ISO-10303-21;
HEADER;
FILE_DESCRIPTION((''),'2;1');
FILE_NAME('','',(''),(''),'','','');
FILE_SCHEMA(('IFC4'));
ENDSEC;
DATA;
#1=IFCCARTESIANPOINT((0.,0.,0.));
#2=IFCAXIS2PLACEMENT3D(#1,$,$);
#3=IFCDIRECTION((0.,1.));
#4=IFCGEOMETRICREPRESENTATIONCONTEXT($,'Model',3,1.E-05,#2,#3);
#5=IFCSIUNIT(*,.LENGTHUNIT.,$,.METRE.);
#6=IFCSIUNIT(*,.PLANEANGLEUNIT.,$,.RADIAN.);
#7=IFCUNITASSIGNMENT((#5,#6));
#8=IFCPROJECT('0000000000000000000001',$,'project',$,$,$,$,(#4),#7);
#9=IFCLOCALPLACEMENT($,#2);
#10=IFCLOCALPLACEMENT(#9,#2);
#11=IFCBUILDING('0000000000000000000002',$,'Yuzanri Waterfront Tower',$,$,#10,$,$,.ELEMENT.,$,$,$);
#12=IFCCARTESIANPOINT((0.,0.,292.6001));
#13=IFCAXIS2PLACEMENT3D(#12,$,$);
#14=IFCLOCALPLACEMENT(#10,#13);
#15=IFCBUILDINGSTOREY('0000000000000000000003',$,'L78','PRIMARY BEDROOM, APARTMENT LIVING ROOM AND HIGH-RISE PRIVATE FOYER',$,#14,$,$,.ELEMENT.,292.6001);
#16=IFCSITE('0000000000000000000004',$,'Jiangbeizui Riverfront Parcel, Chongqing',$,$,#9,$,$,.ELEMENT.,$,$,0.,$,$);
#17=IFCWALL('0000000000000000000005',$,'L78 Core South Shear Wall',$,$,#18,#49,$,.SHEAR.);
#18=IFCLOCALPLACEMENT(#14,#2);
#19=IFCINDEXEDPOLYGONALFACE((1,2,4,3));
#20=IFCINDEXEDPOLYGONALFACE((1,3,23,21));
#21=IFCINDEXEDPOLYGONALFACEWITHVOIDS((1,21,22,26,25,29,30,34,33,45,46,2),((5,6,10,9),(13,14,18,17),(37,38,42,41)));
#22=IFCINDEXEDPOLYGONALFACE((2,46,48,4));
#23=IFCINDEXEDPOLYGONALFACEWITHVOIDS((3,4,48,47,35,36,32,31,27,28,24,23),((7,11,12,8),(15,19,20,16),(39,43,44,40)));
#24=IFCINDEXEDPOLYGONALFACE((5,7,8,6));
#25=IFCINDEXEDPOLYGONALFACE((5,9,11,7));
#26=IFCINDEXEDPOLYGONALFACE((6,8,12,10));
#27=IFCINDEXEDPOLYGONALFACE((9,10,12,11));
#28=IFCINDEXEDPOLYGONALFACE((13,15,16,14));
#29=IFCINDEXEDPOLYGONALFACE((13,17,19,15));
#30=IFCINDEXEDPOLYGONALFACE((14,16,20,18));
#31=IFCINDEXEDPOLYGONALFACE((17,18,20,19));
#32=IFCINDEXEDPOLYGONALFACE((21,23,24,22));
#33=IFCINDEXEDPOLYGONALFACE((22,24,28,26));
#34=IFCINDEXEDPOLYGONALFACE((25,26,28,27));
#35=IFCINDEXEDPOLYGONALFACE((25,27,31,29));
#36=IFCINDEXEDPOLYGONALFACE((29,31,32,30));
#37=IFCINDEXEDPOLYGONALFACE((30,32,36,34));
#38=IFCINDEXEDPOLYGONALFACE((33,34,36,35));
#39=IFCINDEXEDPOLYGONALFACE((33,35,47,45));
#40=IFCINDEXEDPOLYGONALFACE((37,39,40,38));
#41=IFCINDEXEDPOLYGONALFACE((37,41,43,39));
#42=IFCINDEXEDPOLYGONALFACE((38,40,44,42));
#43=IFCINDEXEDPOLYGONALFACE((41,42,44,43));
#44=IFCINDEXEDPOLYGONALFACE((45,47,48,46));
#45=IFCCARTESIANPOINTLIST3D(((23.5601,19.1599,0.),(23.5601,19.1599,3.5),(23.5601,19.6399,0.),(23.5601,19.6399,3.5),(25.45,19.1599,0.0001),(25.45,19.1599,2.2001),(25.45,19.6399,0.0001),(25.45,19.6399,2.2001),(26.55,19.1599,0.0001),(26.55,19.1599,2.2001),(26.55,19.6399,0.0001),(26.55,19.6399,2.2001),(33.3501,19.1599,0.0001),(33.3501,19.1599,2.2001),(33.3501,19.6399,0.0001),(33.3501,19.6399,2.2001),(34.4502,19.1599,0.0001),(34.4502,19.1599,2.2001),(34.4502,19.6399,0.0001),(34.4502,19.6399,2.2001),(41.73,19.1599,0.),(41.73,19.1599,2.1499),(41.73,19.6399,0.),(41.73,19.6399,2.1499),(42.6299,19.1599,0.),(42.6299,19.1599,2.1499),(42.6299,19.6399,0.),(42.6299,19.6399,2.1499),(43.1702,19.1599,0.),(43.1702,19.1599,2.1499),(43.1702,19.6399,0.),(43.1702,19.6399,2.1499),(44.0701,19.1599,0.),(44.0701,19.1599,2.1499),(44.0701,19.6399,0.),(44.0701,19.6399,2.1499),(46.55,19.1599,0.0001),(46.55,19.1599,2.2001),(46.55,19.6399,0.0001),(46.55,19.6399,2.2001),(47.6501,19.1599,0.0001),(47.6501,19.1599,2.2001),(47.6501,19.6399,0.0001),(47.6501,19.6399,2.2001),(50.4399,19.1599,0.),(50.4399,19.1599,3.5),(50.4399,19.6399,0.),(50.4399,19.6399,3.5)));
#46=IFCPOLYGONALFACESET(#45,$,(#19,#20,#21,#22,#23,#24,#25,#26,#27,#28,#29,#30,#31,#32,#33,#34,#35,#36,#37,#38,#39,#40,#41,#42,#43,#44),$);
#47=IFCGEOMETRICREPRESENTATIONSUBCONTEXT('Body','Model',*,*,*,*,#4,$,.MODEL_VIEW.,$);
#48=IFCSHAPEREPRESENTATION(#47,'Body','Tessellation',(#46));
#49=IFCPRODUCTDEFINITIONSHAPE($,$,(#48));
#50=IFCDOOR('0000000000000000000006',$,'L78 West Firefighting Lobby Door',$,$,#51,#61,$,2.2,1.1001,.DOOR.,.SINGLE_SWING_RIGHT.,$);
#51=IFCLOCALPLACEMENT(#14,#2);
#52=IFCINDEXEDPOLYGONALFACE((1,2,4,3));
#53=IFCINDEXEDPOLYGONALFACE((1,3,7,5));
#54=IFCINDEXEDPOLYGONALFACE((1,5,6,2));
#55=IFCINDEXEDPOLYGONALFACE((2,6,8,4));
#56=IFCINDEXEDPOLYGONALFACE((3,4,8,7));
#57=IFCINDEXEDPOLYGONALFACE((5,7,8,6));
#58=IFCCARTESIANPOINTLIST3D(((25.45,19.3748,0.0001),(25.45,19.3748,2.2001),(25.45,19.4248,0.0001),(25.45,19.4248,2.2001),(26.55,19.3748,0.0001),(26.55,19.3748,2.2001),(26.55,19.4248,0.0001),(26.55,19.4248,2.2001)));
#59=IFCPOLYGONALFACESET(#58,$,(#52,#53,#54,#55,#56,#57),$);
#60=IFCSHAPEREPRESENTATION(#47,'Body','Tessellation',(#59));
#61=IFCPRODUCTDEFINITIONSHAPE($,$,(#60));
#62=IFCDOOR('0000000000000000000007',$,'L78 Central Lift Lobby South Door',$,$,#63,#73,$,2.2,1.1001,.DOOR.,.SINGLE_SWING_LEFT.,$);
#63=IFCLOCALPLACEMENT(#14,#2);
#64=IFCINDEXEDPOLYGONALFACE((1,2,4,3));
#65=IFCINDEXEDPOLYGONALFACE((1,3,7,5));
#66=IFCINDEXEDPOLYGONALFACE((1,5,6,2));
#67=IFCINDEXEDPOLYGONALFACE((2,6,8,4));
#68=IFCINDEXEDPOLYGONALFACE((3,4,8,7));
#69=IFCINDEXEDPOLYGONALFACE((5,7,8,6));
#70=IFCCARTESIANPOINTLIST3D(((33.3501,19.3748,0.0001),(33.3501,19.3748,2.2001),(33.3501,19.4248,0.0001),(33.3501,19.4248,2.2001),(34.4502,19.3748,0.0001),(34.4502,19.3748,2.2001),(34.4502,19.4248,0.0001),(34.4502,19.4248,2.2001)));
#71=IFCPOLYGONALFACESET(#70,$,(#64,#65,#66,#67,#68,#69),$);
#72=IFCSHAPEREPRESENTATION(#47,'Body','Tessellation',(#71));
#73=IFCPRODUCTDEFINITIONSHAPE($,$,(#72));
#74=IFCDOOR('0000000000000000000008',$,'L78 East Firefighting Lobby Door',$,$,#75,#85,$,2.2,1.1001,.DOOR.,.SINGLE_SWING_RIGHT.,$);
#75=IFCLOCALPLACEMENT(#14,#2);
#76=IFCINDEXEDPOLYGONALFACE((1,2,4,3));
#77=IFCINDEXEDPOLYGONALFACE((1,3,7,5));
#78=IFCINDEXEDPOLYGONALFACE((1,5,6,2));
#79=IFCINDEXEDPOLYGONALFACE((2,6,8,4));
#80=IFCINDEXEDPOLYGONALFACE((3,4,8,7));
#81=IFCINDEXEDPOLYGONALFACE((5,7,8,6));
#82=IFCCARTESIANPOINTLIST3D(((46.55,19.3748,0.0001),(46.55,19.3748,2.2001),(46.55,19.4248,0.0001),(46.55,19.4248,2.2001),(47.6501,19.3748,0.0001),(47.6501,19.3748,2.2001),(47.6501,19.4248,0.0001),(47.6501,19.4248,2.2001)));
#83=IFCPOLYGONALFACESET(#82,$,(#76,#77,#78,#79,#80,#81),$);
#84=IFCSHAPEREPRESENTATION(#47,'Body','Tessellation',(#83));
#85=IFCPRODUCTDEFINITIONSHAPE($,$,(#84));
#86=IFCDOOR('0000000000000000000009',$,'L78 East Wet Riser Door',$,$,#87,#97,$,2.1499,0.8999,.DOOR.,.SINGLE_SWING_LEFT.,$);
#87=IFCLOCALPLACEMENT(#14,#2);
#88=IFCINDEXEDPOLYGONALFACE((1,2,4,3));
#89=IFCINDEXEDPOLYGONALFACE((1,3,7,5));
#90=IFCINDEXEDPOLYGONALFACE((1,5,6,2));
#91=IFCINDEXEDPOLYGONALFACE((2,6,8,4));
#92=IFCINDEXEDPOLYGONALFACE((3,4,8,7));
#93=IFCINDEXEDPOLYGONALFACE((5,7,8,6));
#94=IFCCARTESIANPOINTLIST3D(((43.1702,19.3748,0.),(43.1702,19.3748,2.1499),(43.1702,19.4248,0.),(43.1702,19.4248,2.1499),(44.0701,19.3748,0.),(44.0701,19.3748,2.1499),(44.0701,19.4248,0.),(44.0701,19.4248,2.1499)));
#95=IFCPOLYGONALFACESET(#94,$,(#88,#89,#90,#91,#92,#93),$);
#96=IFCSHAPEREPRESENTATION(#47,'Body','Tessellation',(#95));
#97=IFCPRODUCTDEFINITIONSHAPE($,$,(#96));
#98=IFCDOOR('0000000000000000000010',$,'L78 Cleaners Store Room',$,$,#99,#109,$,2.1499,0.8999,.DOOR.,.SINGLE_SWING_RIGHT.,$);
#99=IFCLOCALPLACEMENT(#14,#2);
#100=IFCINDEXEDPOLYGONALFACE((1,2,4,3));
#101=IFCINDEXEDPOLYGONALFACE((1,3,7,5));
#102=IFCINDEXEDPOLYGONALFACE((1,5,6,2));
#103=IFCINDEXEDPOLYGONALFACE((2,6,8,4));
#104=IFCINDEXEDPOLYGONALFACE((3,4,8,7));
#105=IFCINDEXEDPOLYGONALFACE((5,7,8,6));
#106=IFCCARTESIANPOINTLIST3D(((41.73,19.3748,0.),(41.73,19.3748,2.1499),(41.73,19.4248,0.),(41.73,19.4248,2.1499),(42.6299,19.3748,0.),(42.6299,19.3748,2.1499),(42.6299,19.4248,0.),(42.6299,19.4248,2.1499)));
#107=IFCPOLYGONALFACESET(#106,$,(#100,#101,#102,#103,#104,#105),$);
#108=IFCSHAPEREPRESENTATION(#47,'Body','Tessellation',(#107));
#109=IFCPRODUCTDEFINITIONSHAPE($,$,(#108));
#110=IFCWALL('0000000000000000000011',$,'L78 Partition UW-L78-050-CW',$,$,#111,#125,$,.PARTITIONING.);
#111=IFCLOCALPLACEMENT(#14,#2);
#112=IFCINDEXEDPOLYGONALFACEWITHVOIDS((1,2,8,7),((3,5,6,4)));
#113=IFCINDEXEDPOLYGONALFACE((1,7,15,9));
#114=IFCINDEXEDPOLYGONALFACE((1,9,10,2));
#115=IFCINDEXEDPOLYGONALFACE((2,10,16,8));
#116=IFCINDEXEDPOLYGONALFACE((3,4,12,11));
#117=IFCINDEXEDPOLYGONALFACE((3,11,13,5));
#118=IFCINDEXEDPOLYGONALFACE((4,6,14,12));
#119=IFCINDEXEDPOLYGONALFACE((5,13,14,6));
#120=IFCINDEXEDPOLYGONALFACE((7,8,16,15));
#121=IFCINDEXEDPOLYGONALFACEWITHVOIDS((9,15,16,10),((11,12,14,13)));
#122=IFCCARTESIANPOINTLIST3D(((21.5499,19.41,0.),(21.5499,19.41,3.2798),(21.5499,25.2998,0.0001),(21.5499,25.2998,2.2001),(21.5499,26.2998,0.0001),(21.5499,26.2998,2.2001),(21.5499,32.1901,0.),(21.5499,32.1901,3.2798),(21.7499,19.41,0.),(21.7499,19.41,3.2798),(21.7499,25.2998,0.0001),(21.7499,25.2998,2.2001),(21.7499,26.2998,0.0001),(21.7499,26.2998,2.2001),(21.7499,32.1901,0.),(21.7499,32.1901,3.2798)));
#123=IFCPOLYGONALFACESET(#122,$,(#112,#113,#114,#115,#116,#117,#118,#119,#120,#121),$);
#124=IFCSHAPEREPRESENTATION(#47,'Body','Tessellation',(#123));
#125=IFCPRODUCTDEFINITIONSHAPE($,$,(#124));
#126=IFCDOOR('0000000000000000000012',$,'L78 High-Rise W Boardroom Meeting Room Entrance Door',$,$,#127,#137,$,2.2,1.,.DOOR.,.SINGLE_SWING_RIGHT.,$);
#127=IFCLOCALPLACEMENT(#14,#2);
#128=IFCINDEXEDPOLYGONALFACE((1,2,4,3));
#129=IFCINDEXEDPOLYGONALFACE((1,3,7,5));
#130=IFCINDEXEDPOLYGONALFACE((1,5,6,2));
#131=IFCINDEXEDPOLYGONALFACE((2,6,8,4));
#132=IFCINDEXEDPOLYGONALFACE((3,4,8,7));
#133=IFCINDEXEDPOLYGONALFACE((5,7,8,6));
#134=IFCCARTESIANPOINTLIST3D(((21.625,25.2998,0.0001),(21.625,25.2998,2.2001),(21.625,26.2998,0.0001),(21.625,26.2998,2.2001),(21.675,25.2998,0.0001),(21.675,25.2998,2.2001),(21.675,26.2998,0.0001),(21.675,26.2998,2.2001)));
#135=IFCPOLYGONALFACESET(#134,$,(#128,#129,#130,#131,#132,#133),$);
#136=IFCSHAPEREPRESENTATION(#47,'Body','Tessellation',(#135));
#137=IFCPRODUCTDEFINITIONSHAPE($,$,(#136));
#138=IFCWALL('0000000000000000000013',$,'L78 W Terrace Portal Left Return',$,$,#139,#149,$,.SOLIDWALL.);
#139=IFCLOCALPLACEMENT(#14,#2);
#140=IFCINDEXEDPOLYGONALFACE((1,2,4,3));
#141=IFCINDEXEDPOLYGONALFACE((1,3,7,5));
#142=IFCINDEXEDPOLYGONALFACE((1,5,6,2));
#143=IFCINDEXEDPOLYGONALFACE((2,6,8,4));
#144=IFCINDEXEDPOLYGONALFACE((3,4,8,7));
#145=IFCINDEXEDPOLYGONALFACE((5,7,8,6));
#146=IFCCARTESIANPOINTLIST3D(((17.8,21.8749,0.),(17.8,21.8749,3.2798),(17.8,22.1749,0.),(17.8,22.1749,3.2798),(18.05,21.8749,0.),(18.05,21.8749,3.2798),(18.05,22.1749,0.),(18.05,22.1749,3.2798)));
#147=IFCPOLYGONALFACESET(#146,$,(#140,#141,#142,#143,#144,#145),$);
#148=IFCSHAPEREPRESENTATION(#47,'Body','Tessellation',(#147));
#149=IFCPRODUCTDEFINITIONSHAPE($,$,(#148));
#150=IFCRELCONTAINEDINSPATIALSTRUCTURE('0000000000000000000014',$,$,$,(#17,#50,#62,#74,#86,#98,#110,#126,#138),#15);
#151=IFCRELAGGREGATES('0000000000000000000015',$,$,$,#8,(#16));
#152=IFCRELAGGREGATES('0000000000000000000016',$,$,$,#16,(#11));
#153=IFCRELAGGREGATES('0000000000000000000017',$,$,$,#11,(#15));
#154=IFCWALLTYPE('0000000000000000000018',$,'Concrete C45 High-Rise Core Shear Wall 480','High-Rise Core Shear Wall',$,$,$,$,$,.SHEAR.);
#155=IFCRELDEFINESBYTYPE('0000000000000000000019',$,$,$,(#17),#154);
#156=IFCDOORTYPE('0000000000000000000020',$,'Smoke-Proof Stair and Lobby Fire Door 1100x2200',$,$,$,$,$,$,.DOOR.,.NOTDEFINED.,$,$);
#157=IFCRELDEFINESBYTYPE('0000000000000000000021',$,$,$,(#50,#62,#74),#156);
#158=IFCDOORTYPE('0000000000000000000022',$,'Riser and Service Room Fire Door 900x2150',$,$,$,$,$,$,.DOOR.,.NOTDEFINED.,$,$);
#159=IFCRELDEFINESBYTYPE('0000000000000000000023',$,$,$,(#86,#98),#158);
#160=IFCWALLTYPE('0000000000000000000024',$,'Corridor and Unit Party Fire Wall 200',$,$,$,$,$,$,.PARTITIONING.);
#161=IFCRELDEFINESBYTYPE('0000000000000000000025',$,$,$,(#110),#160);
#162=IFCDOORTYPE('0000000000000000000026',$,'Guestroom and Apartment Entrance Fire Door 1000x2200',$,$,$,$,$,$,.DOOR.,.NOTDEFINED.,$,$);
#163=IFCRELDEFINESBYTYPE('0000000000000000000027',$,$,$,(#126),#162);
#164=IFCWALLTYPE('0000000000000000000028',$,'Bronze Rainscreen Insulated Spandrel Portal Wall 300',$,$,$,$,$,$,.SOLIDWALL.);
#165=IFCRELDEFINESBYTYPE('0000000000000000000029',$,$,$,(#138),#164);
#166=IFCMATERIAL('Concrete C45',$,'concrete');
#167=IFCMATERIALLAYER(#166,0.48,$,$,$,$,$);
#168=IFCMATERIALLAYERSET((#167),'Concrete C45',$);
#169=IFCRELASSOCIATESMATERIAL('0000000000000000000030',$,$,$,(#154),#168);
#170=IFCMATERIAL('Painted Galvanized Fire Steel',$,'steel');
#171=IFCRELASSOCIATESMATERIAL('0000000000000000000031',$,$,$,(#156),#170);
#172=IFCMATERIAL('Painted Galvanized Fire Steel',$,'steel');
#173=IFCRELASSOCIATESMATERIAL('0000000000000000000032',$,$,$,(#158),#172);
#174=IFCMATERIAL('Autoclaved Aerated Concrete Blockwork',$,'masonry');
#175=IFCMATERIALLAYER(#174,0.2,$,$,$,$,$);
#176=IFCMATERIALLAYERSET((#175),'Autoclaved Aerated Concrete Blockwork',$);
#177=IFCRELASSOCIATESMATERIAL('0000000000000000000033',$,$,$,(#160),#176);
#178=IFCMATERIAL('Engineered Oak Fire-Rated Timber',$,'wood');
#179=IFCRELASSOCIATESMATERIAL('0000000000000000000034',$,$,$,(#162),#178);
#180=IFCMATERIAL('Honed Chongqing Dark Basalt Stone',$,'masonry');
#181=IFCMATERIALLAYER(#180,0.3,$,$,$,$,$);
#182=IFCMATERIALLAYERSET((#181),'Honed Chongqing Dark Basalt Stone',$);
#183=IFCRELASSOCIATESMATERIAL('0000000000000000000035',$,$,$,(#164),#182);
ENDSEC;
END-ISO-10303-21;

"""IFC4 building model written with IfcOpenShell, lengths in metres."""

from ifc_helpers import new_model, si_unit, direction, frame, frame_2d, origin, place, context, subcontext, project, spatial, rectangle, extrude, source, transform, mapped, material, layer, layer_set, type_object, element, fill, save


model = new_model("IFC4")

# Units and contexts
model_context = context("Model", 3, precision=1e-05, world=origin(), true_north=direction((0.0, 1.0)))
body_context = subcontext(model_context, "Body", "Model", "MODEL_VIEW")
ifc_project = project(units=[si_unit("LENGTHUNIT", "METRE"), si_unit("PLANEANGLEUNIT", "RADIAN")], contexts=[model_context])

# Site, building, storey
site_placement = place(None, origin())
site = spatial("IfcSite", under=ifc_project, at=site_placement, Name="Jiangbeizui Riverfront Parcel, Chongqing", CompositionType="ELEMENT", RefElevation=0.0)
building_placement = place(site_placement, origin())
building = spatial("IfcBuilding", under=site, at=building_placement, Name="Yuzanri Waterfront Tower", CompositionType="ELEMENT")
storey_placement = place(building_placement, frame((0.0, 0.0, 292.6001)))
storey = spatial("IfcBuildingStorey", under=building, at=storey_placement, Name="L78", Description="PRIMARY BEDROOM, APARTMENT LIVING ROOM AND HIGH-RISE PRIVATE FOYER", CompositionType="ELEMENT", Elevation=292.6001)

# Wall, openings, doors
ifc_material_1 = material(Name="Concrete C45", Category="concrete")
ifc_layer_1 = layer(ifc_material_1, 0.48)
ifc_layer_set_1 = layer_set([ifc_layer_1], Name="Concrete C45")
wall_type_1 = type_object("IfcWallType", Name="Concrete C45 High-Rise Core Shear Wall 480", Description="High-Rise Core Shear Wall", PredefinedType="SHEAR", material=ifc_layer_set_1)
wall_1_placement = place(storey_placement, frame((23.5601, 19.3999, 0.0), z_axis=(0.0, 0.0, 1.0), x_axis=(1.0, 0.0, 0.0)))
wall_1 = element("IfcWall", 1, at=wall_1_placement, inside=storey, type_object=wall_type_1, Name="L78 Core South Shear Wall", PredefinedType="SHEAR", context=body_context, shape_type="SweptSolid", body=[
    extrude(rectangle(XDim=26.8799, YDim=0.48, at=frame_2d((13.4399, 0.0))), origin(), (0.0, 0.0, 1.0), 3.5),
])
opening_1_placement = place(wall_1_placement, frame((1.8899, 0.0, 0.0)))
opening_1 = element("IfcOpeningElement", 2, at=opening_1_placement, cuts=wall_1, PredefinedType="OPENING", context=body_context, shape_type="SweptSolid", body=[
    extrude(rectangle(XDim=1.1001, YDim=2.2, at=frame_2d((0.55, 1.1001))), frame((0.0, 0.2549, 0.0), z_axis=(0.0, -1.0, 0.0), x_axis=(1.0, 0.0, 0.0)), (0.0, 0.0, 1.0), 0.5098),
])
opening_2_placement = place(wall_1_placement, frame((9.79, 0.0, 0.0)))
opening_2 = element("IfcOpeningElement", 3, at=opening_2_placement, cuts=wall_1, PredefinedType="OPENING", context=body_context, shape_type="SweptSolid", body=[
    extrude(rectangle(XDim=1.1001, YDim=2.2, at=frame_2d((0.55, 1.1001))), frame((0.0, 0.2549, 0.0), z_axis=(0.0, -1.0, 0.0), x_axis=(1.0, 0.0, 0.0)), (0.0, 0.0, 1.0), 0.5098),
])
opening_3_placement = place(wall_1_placement, frame((22.99, 0.0, 0.0)))
opening_3 = element("IfcOpeningElement", 4, at=opening_3_placement, cuts=wall_1, PredefinedType="OPENING", context=body_context, shape_type="SweptSolid", body=[
    extrude(rectangle(XDim=1.1001, YDim=2.2, at=frame_2d((0.55, 1.1001))), frame((0.0, 0.2549, 0.0), z_axis=(0.0, -1.0, 0.0), x_axis=(1.0, 0.0, 0.0)), (0.0, 0.0, 1.0), 0.5098),
])
opening_4_placement = place(wall_1_placement, frame((19.6101, 0.0, 0.0)))
opening_4 = element("IfcOpeningElement", 5, at=opening_4_placement, cuts=wall_1, PredefinedType="OPENING", context=body_context, shape_type="SweptSolid", body=[
    extrude(rectangle(XDim=0.8999, YDim=2.1499, at=frame_2d((0.45, 1.075))), frame((0.0, 0.2549, 0.0), z_axis=(0.0, -1.0, 0.0), x_axis=(1.0, 0.0, 0.0)), (0.0, 0.0, 1.0), 0.5098),
])
opening_5_placement = place(wall_1_placement, frame((18.1699, 0.0, 0.0)))
opening_5 = element("IfcOpeningElement", 6, at=opening_5_placement, cuts=wall_1, PredefinedType="OPENING", context=body_context, shape_type="SweptSolid", body=[
    extrude(rectangle(XDim=0.8999, YDim=2.1499, at=frame_2d((0.45, 1.075))), frame((0.0, 0.2549, 0.0), z_axis=(0.0, -1.0, 0.0), x_axis=(1.0, 0.0, 0.0)), (0.0, 0.0, 1.0), 0.5098),
])
ifc_material_2 = material(Name="Painted Galvanized Fire Steel", Category="steel")
door_type_1 = type_object("IfcDoorType", Name="Smoke-Proof Stair and Lobby Fire Door 1100x2200", OperationType="NOTDEFINED", PredefinedType="DOOR", material=ifc_material_2)
shared_shape_1 = source(origin(), body_context, "Body", "SweptSolid", [
    extrude(rectangle(XDim=1.1001, YDim=2.2, at=frame_2d((0.55, 1.1001))), frame((0.0, 0.0249, 0.0), z_axis=(0.0, -1.0, 0.0), x_axis=(1.0, 0.0, 0.0)), (0.0, 0.0, 1.0), 0.05),
])
door_1_placement = place(opening_1_placement, origin())
door_1 = element("IfcDoor", 7, at=door_1_placement, inside=storey, type_object=door_type_1, Name="L78 West Firefighting Lobby Door", OperationType="SINGLE_SWING_RIGHT", OverallHeight=2.2, OverallWidth=1.1001, PredefinedType="DOOR", context=body_context, shape_type="MappedRepresentation", body=[
    mapped(shared_shape_1, transform((0.0, 0.0, 0.0), scale=1.0)),
])
fill(opening_1, door_1)
door_2_placement = place(opening_2_placement, origin())
door_2 = element("IfcDoor", 8, at=door_2_placement, inside=storey, type_object=door_type_1, Name="L78 Central Lift Lobby South Door", OperationType="SINGLE_SWING_LEFT", OverallHeight=2.2, OverallWidth=1.1001, PredefinedType="DOOR", context=body_context, shape_type="MappedRepresentation", body=[
    mapped(shared_shape_1, transform((0.0, 0.0, 0.0), scale=1.0)),
])
fill(opening_2, door_2)
door_3_placement = place(opening_3_placement, origin())
door_3 = element("IfcDoor", 9, at=door_3_placement, inside=storey, type_object=door_type_1, Name="L78 East Firefighting Lobby Door", OperationType="SINGLE_SWING_RIGHT", OverallHeight=2.2, OverallWidth=1.1001, PredefinedType="DOOR", context=body_context, shape_type="MappedRepresentation", body=[
    mapped(shared_shape_1, transform((0.0, 0.0, 0.0), scale=1.0)),
])
fill(opening_3, door_3)
ifc_material_3 = material(Name="Painted Galvanized Fire Steel", Category="steel")
door_type_2 = type_object("IfcDoorType", Name="Riser and Service Room Fire Door 900x2150", OperationType="NOTDEFINED", PredefinedType="DOOR", material=ifc_material_3)
shared_shape_2 = source(origin(), body_context, "Body", "SweptSolid", [
    extrude(rectangle(XDim=0.8999, YDim=2.1499, at=frame_2d((0.45, 1.075))), frame((0.0, 0.0249, 0.0), z_axis=(0.0, -1.0, 0.0), x_axis=(1.0, 0.0, 0.0)), (0.0, 0.0, 1.0), 0.05),
])
door_4_placement = place(opening_4_placement, origin())
door_4 = element("IfcDoor", 10, at=door_4_placement, inside=storey, type_object=door_type_2, Name="L78 East Wet Riser Door", OperationType="SINGLE_SWING_LEFT", OverallHeight=2.1499, OverallWidth=0.8999, PredefinedType="DOOR", context=body_context, shape_type="MappedRepresentation", body=[
    mapped(shared_shape_2, transform((0.0, 0.0, 0.0), scale=1.0)),
])
fill(opening_4, door_4)
door_5_placement = place(opening_5_placement, origin())
door_5 = element("IfcDoor", 11, at=door_5_placement, inside=storey, type_object=door_type_2, Name="L78 Cleaners Store Room", OperationType="SINGLE_SWING_RIGHT", OverallHeight=2.1499, OverallWidth=0.8999, PredefinedType="DOOR", context=body_context, shape_type="MappedRepresentation", body=[
    mapped(shared_shape_2, transform((0.0, 0.0, 0.0), scale=1.0)),
])
fill(opening_5, door_5)

# Wall, opening, door
ifc_material_4 = material(Name="Autoclaved Aerated Concrete Blockwork", Category="masonry")
ifc_layer_2 = layer(ifc_material_4, 0.2)
ifc_layer_set_2 = layer_set([ifc_layer_2], Name="Autoclaved Aerated Concrete Blockwork")
wall_type_2 = type_object("IfcWallType", Name="Corridor and Unit Party Fire Wall 200", PredefinedType="PARTITIONING", material=ifc_layer_set_2)
wall_2_placement = place(storey_placement, frame((21.6499, 19.4099, 0.0), z_axis=(0.0, 0.0, 1.0), x_axis=(0.0, 1.0, 0.0)))
wall_2 = element("IfcWall", 12, at=wall_2_placement, inside=storey, type_object=wall_type_2, Name="L78 Partition UW-L78-050-CW", PredefinedType="PARTITIONING", context=body_context, shape_type="SweptSolid", body=[
    extrude(rectangle(XDim=12.78, YDim=0.2, at=frame_2d((6.3901, 0.0))), origin(), (0.0, 0.0, 1.0), 3.2798),
])
opening_6_placement = place(wall_2_placement, frame((5.8899, 0.0, 0.0)))
opening_6 = element("IfcOpeningElement", 13, at=opening_6_placement, cuts=wall_2, PredefinedType="OPENING", context=body_context, shape_type="SweptSolid", body=[
    extrude(rectangle(XDim=1.0, YDim=2.2, at=frame_2d((0.5, 1.1001))), frame((0.0, 0.1147, 0.0), z_axis=(0.0, -1.0, 0.0), x_axis=(1.0, 0.0, 0.0)), (0.0, 0.0, 1.0), 0.2297),
])
ifc_material_5 = material(Name="Engineered Oak Fire-Rated Timber", Category="wood")
door_type_3 = type_object("IfcDoorType", Name="Guestroom and Apartment Entrance Fire Door 1000x2200", OperationType="NOTDEFINED", PredefinedType="DOOR", material=ifc_material_5)
shared_shape_3 = source(origin(), body_context, "Body", "SweptSolid", [
    extrude(rectangle(XDim=1.0, YDim=2.2, at=frame_2d((0.5, 1.1001))), frame((0.0, 0.0249, 0.0), z_axis=(0.0, -1.0, 0.0), x_axis=(1.0, 0.0, 0.0)), (0.0, 0.0, 1.0), 0.05),
])
door_6_placement = place(opening_6_placement, origin())
door_6 = element("IfcDoor", 14, at=door_6_placement, inside=storey, type_object=door_type_3, Name="L78 High-Rise W Boardroom Meeting Room Entrance Door", OperationType="SINGLE_SWING_RIGHT", OverallHeight=2.2, OverallWidth=1.0, PredefinedType="DOOR", context=body_context, shape_type="MappedRepresentation", body=[
    mapped(shared_shape_3, transform((0.0, 0.0, 0.0), scale=1.0)),
])
fill(opening_6, door_6)

# Wall
ifc_material_6 = material(Name="Honed Chongqing Dark Basalt Stone", Category="masonry")
ifc_layer_3 = layer(ifc_material_6, 0.3)
ifc_layer_set_3 = layer_set([ifc_layer_3], Name="Honed Chongqing Dark Basalt Stone")
wall_type_3 = type_object("IfcWallType", Name="Bronze Rainscreen Insulated Spandrel Portal Wall 300", PredefinedType="SOLIDWALL", material=ifc_layer_set_3)
shared_shape_4 = source(origin(), body_context, "Body", "SweptSolid", [
    extrude(rectangle(XDim=0.25, YDim=0.3, at=frame_2d((0.125, 0.0))), origin(), (0.0, 0.0, 1.0), 3.2798),
])
wall_3_placement = place(storey_placement, frame((18.05, 22.0249, 0.0), z_axis=(0.0, 0.0, 1.0), x_axis=(-1.0, 0.0, 0.0)))
element("IfcWall", 15, at=wall_3_placement, inside=storey, type_object=wall_type_3, Name="L78 W Terrace Portal Left Return", PredefinedType="SOLIDWALL", context=body_context, shape_type="MappedRepresentation", body=[
    mapped(shared_shape_4, transform((0.0, 0.0, 0.0), scale=1.0)),
])

save(model, "model.ifc")
